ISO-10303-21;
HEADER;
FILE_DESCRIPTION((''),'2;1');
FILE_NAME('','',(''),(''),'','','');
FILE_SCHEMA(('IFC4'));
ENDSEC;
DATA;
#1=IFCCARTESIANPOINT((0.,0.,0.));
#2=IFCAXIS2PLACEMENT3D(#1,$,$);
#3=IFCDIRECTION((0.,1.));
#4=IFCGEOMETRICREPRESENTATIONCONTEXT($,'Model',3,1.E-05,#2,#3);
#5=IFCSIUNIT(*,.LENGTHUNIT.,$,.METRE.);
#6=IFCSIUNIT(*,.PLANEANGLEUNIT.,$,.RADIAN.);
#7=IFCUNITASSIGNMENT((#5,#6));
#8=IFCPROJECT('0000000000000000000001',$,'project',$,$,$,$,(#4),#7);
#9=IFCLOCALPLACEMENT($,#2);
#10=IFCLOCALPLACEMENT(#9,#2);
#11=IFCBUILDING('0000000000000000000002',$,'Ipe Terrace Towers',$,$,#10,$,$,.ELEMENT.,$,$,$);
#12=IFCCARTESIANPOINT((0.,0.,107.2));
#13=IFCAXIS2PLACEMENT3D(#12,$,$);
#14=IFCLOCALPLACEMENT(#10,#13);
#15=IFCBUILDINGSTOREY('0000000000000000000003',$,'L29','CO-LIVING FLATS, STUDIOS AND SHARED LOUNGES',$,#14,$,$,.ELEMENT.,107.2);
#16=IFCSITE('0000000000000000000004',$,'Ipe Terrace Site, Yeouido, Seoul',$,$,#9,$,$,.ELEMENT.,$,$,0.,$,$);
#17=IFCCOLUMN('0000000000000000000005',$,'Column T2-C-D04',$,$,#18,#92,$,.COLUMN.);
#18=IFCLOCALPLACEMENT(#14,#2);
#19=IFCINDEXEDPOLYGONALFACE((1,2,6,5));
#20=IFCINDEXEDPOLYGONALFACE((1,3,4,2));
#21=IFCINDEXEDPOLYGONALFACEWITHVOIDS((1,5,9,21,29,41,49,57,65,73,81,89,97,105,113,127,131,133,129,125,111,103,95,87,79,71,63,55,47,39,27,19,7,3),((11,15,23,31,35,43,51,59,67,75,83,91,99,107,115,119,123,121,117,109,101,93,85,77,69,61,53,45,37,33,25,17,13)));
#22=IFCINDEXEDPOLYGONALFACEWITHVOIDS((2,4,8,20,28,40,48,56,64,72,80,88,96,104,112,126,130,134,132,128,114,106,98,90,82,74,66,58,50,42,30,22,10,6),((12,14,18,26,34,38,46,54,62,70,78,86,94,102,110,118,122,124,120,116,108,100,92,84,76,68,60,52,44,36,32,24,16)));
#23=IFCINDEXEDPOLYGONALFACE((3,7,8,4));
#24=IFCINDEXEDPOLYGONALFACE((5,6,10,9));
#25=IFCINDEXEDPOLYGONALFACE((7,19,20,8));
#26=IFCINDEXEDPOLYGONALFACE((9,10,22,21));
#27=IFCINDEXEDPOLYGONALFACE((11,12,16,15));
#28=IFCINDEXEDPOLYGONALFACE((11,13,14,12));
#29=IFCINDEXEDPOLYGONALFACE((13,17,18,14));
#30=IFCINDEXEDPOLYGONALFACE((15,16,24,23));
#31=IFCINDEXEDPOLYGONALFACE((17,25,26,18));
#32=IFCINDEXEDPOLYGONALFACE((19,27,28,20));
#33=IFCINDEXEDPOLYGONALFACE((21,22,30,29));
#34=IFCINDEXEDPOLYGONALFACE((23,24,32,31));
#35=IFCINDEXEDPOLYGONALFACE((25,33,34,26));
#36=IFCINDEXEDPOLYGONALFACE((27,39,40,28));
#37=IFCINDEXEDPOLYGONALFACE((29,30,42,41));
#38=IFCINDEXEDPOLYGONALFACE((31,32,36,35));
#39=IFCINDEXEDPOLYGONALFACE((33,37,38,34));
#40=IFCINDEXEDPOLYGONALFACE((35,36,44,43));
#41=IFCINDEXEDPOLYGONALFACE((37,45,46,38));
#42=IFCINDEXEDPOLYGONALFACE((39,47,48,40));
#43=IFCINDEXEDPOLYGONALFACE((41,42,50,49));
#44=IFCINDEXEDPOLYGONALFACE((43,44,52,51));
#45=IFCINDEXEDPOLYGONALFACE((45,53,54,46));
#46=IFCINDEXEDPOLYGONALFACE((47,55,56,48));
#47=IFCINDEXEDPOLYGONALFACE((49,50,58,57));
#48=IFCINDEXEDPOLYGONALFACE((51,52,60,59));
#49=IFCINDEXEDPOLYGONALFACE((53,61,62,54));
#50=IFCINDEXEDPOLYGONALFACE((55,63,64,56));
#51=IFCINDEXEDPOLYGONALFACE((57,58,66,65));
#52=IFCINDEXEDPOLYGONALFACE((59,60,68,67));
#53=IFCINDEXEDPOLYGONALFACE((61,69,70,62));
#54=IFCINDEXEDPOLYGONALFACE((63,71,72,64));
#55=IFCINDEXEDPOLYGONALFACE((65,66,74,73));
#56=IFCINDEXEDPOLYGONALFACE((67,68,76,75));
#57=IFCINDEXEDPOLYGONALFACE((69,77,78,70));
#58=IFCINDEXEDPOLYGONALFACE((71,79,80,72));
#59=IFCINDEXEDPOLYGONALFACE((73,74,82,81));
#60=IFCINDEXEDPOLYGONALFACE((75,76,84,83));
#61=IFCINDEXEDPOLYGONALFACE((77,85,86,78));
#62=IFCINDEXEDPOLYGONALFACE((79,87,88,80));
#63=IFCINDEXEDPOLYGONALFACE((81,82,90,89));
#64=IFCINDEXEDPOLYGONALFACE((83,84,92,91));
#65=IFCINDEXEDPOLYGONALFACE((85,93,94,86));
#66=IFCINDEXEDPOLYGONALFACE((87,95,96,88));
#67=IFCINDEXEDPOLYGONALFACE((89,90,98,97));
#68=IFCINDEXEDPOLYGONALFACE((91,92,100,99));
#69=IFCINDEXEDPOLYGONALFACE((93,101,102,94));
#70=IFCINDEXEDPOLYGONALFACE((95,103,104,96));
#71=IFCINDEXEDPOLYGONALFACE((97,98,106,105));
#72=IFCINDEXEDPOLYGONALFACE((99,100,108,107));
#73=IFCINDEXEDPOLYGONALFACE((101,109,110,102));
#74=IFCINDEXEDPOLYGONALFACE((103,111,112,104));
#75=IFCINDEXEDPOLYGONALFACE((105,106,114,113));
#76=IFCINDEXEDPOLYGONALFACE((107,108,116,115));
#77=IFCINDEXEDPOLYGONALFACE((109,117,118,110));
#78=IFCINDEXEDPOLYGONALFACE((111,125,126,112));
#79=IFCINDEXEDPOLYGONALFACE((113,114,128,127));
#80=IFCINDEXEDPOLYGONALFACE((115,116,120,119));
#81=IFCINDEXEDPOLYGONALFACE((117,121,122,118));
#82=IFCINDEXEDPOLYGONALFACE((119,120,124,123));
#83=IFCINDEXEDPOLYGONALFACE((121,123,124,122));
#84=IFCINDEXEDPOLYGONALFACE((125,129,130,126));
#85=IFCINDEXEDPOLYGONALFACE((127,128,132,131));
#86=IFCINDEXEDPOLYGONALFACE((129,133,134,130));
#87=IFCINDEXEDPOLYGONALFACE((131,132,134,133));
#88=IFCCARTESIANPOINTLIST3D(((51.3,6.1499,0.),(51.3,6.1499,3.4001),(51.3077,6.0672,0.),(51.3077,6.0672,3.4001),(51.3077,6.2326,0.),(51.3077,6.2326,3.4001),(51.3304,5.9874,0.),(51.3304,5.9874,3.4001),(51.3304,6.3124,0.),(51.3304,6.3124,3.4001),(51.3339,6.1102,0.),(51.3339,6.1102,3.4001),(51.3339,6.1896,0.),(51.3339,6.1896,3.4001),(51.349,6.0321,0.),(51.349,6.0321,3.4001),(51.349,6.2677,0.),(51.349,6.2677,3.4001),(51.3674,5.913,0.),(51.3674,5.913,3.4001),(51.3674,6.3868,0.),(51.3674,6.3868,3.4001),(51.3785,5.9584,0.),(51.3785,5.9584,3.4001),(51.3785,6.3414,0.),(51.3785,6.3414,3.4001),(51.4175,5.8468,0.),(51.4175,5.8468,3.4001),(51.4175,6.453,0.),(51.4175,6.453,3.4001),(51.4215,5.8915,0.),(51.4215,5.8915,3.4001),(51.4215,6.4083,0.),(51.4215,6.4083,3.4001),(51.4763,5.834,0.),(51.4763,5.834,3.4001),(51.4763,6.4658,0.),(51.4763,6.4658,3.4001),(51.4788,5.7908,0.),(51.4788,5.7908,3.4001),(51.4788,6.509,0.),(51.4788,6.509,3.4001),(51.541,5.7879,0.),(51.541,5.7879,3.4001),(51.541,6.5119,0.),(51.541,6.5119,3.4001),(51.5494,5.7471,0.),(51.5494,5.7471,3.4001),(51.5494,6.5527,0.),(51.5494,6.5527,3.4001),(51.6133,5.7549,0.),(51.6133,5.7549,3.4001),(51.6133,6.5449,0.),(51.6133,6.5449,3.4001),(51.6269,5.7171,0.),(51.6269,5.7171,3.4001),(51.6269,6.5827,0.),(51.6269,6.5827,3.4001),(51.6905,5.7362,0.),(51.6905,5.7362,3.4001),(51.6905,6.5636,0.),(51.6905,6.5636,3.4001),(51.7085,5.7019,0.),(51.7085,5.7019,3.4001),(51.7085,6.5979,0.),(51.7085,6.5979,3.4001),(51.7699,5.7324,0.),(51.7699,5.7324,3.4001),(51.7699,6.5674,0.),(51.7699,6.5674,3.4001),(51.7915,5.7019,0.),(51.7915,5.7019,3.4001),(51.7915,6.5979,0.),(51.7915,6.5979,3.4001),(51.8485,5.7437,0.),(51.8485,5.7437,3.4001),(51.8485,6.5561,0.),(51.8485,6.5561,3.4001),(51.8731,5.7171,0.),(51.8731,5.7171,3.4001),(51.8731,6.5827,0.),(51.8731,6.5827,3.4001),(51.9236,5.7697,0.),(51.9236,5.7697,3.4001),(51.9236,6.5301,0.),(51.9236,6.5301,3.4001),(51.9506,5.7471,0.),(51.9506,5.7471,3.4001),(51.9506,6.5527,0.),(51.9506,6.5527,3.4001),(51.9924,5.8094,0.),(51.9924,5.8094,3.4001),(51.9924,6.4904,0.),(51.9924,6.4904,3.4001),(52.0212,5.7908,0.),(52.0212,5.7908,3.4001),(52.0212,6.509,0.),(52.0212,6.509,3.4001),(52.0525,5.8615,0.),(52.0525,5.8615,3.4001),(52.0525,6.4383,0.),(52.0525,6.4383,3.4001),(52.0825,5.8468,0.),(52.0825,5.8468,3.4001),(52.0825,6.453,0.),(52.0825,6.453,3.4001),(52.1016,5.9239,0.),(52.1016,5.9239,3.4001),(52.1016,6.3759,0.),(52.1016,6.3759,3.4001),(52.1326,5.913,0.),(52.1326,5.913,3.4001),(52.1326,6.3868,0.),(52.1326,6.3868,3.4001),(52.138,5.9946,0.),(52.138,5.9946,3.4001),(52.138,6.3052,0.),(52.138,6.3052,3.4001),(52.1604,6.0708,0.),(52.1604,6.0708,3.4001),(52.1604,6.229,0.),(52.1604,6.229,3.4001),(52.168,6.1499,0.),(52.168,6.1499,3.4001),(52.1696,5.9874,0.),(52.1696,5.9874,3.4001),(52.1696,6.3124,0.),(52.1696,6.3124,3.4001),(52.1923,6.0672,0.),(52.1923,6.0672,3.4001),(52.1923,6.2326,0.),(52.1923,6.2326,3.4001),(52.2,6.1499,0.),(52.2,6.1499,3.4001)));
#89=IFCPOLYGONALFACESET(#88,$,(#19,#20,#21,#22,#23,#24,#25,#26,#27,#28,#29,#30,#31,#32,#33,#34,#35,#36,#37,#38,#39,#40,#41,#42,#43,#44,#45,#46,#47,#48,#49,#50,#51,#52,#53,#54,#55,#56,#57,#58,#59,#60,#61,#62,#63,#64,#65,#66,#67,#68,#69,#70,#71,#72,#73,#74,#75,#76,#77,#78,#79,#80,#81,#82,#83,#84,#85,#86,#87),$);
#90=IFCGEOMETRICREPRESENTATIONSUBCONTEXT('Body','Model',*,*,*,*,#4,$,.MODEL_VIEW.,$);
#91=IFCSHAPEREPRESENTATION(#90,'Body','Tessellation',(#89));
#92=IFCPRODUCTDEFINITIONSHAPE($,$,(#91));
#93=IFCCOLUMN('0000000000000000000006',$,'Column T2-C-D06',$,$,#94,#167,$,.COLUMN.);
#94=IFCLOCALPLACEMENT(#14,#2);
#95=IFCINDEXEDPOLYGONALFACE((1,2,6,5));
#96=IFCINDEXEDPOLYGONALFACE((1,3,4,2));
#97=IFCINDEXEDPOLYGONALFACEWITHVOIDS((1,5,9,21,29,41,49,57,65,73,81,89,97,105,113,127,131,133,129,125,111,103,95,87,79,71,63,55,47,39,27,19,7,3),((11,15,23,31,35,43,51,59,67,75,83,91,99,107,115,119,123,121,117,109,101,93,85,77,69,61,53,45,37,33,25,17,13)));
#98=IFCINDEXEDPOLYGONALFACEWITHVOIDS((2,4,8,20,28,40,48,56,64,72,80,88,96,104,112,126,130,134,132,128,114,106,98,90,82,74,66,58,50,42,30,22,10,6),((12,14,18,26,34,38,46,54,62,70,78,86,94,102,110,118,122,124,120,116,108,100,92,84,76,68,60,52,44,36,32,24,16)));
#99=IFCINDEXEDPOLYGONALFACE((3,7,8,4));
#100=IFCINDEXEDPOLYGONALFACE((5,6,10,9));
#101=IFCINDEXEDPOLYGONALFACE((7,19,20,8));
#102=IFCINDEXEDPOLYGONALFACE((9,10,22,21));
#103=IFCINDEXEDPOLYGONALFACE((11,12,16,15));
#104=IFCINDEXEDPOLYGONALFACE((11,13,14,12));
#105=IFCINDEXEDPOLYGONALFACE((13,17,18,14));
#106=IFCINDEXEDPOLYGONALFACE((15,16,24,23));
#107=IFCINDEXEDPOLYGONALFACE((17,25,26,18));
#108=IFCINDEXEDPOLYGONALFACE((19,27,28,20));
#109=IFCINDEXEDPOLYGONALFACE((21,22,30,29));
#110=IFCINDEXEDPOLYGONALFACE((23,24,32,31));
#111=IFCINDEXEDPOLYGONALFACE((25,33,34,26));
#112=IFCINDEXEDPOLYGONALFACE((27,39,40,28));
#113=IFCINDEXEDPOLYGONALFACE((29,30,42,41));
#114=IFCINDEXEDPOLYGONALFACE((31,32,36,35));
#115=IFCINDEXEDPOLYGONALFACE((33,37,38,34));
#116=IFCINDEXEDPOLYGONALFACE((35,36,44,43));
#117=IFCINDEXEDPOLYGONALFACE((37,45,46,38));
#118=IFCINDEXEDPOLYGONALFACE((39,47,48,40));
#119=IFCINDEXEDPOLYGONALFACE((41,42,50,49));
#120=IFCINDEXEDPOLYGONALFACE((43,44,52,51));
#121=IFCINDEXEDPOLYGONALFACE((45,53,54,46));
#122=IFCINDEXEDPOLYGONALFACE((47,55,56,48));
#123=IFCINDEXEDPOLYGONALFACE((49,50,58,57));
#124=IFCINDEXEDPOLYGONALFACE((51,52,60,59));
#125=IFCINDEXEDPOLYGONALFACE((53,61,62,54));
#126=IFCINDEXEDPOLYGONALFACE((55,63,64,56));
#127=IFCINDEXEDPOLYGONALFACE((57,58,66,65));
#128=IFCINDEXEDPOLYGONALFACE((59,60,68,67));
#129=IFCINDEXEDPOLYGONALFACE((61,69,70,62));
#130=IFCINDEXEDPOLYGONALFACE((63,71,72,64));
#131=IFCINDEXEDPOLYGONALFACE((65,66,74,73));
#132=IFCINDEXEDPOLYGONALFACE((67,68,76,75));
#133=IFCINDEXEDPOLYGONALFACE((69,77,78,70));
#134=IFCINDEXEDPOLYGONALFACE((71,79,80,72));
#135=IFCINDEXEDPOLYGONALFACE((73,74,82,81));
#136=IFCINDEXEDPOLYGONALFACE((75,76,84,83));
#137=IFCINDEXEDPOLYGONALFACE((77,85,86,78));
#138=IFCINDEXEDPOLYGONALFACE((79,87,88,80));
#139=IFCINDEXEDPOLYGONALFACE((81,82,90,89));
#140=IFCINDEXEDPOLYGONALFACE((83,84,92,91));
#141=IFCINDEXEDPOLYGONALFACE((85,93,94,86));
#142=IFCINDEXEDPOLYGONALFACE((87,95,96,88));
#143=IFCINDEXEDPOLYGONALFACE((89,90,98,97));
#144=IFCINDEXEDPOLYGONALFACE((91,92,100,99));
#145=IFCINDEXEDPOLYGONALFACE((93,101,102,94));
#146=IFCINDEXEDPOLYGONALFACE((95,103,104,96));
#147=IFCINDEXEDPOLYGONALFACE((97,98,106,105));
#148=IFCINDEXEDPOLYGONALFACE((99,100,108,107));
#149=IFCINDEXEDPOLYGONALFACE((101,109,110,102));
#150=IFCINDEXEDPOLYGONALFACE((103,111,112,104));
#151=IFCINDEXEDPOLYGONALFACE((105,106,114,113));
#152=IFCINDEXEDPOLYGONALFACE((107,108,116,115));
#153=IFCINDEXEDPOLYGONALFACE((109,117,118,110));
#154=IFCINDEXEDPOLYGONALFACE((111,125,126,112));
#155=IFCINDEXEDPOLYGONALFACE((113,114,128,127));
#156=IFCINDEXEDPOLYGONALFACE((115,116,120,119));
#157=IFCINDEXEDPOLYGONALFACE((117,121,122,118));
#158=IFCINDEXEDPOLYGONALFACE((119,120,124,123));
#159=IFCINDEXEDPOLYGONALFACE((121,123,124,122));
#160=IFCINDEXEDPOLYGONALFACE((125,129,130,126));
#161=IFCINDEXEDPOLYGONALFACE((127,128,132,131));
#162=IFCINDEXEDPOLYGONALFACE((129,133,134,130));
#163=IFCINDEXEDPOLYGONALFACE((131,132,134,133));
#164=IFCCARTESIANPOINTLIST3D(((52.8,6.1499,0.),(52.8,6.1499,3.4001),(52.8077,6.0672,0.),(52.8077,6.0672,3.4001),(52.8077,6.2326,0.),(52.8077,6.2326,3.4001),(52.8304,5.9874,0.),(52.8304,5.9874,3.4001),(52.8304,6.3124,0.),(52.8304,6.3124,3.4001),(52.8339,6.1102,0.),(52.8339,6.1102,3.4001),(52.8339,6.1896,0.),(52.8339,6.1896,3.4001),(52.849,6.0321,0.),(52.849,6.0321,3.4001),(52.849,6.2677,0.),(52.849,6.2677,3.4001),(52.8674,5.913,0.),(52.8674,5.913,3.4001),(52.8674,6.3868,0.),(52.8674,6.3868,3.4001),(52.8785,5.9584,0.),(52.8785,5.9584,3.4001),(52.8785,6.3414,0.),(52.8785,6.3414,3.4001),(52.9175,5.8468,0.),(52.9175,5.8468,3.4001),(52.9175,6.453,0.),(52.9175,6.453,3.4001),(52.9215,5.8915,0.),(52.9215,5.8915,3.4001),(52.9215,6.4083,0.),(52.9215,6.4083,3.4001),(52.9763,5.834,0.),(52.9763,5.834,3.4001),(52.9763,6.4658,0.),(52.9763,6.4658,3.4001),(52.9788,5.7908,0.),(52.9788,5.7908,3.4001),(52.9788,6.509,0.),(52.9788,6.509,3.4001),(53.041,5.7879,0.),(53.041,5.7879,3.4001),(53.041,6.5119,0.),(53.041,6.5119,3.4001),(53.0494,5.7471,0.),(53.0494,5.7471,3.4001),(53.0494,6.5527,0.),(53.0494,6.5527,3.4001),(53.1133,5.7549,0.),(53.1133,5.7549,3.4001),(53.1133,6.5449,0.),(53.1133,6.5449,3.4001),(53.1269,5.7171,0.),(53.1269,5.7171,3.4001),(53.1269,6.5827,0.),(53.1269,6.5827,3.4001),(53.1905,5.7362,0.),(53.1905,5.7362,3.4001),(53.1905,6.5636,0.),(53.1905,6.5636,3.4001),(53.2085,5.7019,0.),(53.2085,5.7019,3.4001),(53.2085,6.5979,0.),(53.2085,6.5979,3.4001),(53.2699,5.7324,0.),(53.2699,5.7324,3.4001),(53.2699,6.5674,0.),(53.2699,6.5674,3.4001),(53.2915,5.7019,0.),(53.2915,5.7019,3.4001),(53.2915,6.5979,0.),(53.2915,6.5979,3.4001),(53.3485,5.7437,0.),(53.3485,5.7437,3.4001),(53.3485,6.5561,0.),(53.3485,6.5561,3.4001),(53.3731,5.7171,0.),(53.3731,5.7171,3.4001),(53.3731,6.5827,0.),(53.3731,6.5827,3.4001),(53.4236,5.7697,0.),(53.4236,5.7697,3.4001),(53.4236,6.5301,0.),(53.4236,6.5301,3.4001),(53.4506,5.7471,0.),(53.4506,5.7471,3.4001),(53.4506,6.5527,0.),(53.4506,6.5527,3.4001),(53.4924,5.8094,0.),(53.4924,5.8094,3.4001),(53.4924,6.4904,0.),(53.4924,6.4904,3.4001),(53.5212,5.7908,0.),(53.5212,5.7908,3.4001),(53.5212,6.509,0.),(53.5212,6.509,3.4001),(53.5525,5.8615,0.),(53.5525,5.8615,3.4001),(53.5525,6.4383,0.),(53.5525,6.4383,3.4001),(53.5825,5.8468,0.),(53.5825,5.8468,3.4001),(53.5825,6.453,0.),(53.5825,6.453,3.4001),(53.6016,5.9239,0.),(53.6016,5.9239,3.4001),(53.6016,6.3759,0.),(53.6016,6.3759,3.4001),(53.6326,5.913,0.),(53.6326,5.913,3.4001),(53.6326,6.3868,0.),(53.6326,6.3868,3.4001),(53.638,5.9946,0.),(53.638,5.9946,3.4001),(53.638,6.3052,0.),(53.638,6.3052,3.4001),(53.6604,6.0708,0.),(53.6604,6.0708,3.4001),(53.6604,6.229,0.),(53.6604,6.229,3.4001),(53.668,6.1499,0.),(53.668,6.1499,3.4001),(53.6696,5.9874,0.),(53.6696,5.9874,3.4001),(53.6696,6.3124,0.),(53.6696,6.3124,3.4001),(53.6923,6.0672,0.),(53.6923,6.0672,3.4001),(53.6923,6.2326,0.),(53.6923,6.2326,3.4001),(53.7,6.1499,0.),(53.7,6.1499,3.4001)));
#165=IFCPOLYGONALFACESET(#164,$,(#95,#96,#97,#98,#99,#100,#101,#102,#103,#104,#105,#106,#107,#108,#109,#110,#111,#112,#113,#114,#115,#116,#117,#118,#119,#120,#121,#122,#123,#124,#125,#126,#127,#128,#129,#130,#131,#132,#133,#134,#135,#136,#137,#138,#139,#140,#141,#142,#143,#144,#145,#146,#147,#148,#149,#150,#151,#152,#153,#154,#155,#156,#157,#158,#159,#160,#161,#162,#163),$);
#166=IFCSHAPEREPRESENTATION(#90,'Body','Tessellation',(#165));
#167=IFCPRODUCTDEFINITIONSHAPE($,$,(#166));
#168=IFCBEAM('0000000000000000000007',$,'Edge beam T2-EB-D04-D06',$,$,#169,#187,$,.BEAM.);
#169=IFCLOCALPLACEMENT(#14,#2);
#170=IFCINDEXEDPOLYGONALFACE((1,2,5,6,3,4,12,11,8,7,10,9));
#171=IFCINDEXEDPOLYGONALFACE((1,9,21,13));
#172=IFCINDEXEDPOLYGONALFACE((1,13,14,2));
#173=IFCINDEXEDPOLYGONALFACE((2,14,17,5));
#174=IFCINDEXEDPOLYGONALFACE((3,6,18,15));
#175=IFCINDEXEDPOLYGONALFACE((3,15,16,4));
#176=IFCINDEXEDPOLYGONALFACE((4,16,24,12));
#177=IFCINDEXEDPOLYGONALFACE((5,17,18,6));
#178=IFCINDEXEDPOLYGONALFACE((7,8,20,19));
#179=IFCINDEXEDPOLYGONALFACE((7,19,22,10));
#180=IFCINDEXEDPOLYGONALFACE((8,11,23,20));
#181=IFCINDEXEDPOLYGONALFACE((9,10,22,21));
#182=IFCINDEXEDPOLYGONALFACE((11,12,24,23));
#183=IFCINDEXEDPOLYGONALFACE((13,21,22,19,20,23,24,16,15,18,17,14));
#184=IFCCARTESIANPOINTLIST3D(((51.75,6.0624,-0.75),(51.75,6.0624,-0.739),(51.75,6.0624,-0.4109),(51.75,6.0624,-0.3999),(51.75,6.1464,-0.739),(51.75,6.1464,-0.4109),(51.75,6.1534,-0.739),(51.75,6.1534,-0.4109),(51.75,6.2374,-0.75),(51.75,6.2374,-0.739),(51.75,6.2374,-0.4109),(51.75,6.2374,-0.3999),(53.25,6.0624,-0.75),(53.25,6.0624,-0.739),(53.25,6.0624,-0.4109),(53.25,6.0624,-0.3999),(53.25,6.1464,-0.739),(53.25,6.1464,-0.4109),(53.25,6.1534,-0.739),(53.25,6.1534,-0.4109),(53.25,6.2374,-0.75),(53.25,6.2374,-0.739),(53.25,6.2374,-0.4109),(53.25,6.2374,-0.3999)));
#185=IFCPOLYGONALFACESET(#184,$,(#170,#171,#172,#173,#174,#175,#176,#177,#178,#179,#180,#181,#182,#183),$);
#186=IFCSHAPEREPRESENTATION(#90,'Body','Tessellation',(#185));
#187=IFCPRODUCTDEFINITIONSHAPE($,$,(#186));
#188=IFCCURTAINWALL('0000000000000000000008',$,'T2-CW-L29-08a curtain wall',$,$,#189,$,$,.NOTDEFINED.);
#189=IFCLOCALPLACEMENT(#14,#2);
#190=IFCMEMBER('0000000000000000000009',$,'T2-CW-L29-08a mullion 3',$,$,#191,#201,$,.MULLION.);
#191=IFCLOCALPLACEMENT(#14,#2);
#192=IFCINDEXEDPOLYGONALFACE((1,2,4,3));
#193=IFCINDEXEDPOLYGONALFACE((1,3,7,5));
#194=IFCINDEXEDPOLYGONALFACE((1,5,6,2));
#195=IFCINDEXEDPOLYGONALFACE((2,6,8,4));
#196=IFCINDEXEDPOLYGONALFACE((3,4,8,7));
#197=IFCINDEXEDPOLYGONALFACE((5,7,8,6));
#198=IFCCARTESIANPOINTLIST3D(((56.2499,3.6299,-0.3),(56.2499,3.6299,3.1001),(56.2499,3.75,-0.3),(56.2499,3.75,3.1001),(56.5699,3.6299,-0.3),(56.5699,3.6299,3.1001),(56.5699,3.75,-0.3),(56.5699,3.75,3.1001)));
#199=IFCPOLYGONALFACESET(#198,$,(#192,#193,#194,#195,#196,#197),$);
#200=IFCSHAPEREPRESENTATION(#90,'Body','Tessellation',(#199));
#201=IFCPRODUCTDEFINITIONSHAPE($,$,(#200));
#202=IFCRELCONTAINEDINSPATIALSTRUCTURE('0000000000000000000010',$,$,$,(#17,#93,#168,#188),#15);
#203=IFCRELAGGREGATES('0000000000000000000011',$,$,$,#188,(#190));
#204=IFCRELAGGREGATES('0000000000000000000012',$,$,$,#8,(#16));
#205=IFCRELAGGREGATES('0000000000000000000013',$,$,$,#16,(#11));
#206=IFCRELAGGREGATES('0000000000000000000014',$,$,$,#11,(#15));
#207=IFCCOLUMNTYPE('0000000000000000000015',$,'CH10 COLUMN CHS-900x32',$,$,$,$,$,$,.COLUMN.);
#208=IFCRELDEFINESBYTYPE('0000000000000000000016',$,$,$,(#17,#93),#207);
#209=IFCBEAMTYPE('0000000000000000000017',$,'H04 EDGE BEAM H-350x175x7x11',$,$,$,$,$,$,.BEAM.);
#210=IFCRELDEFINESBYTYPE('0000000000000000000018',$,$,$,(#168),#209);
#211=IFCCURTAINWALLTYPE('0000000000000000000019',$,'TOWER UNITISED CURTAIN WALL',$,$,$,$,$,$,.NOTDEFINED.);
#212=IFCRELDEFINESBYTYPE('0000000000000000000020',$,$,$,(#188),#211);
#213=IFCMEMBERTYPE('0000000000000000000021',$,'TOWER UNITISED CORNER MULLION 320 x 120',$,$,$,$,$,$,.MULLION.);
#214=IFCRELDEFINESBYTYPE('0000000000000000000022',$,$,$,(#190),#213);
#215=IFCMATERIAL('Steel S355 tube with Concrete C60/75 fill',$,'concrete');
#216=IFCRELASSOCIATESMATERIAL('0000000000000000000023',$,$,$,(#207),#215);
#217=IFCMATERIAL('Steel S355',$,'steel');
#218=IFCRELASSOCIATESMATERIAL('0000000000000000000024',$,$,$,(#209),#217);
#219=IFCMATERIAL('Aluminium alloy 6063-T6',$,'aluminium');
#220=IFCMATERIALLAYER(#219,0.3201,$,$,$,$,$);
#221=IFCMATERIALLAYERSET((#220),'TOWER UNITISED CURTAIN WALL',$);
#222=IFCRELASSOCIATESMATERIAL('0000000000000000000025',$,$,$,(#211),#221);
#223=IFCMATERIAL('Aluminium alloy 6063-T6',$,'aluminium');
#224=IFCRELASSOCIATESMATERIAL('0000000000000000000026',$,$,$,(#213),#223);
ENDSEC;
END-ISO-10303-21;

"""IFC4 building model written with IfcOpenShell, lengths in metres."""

from ifc_helpers import new_model, si_unit, direction, frame, origin, origin_2d, place, context, subcontext, project, spatial, rectangle, hollow_circle, i_section, extrude, material, layer, layer_set, material_profile, profile_set, type_object, element, aggregate, save


model = new_model("IFC4")

# Units and contexts
model_context = context("Model", 3, precision=1e-05, world=origin(), true_north=direction((0.0, 1.0)))
body_context = subcontext(model_context, "Body", "Model", "MODEL_VIEW")
ifc_project = project(units=[si_unit("LENGTHUNIT", "METRE"), si_unit("PLANEANGLEUNIT", "RADIAN")], contexts=[model_context])

# Site, building, storey
site_placement = place(None, origin())
site = spatial("IfcSite", under=ifc_project, at=site_placement, Name="Ipe Terrace Site, Yeouido, Seoul", CompositionType="ELEMENT", RefElevation=0.0)
building_placement = place(site_placement, origin())
building = spatial("IfcBuilding", under=site, at=building_placement, Name="Ipe Terrace Towers", CompositionType="ELEMENT")
storey_placement = place(building_placement, frame((0.0, 0.0, 107.2)))
storey = spatial("IfcBuildingStorey", under=building, at=storey_placement, Name="L29", Description="CO-LIVING FLATS, STUDIOS AND SHARED LOUNGES", CompositionType="ELEMENT", Elevation=107.2)

# Columns
ifc_material_1 = material(Name="Steel S355 tube with Concrete C60/75 fill", Category="concrete")
ifc_material_profile_1 = material_profile(ifc_material_1, hollow_circle(Radius=0.45, WallThickness=0.032, at=origin_2d()), Name="CHS-900x32")
ifc_profile_set_1 = profile_set([ifc_material_profile_1], Name="Steel S355 tube with Concrete C60/75 fill")
column_type = type_object("IfcColumnType", Name="CH10 COLUMN CHS-900x32", PredefinedType="COLUMN", material=ifc_profile_set_1)
for number, where, z_axis, x_axis, name in (
    (1, (51.75, 6.1499, 0.0), (0.0, 0.0, 1.0), (1.0, 0.0, 0.0), "Column T2-C-D04"),
    (2, (53.25, 6.1499, 0.0), (0.0, 0.0, 1.0), (1.0, 0.0, 0.0), "Column T2-C-D06"),
):
    element("IfcColumn", number, at=place(storey_placement, frame(where, z_axis=z_axis, x_axis=x_axis)), inside=storey, type_object=column_type, Name=name, PredefinedType="COLUMN", context=body_context, shape_type="SweptSolid", body=[
        extrude(hollow_circle(Radius=0.45, WallThickness=0.032, at=origin_2d()), origin(), (0.0, 0.0, 1.0), 3.4001),
    ])

# Beam
ifc_material_2 = material(Name="Steel S355", Category="steel")
ifc_material_profile_2 = material_profile(ifc_material_2, i_section(OverallWidth=0.175, OverallDepth=0.3501, WebThickness=0.0071, FlangeThickness=0.011, at=origin_2d()), Name="H-350x175x7x11")
ifc_profile_set_2 = profile_set([ifc_material_profile_2], Name="Steel S355")
beam_type = type_object("IfcBeamType", Name="H04 EDGE BEAM H-350x175x7x11", PredefinedType="BEAM", material=ifc_profile_set_2)
beam_placement = place(storey_placement, frame((51.75, 6.1499, -0.575), z_axis=(1.0, 0.0, 0.0), x_axis=(0.0, 1.0, 0.0)))
element("IfcBeam", 3, at=beam_placement, inside=storey, type_object=beam_type, Name="Edge beam T2-EB-D04-D06", PredefinedType="BEAM", context=body_context, shape_type="SweptSolid", body=[
    extrude(i_section(OverallWidth=0.175, OverallDepth=0.3501, WebThickness=0.0071, FlangeThickness=0.011, at=origin_2d()), origin(), (0.0, 0.0, 1.0), 1.5),
])

# Curtain wall, member
ifc_material_3 = material(Name="Aluminium alloy 6063-T6", Category="aluminium")
ifc_layer_1 = layer(ifc_material_3, 0.3201)
ifc_layer_set_1 = layer_set([ifc_layer_1], Name="TOWER UNITISED CURTAIN WALL")
curtain_wall_type = type_object("IfcCurtainWallType", Name="TOWER UNITISED CURTAIN WALL", PredefinedType="NOTDEFINED", material=ifc_layer_set_1)
curtain_wall_1_placement = place(storey_placement, origin())
curtain_wall_1 = element("IfcCurtainWall", 4, at=curtain_wall_1_placement, inside=storey, type_object=curtain_wall_type, Name="T2-CW-L29-08a curtain wall", PredefinedType="NOTDEFINED")
ifc_material_4 = material(Name="Aluminium alloy 6063-T6", Category="aluminium")
ifc_material_profile_3 = material_profile(ifc_material_4, rectangle(XDim=0.3201, YDim=0.1201, at=origin_2d()), Name="TOWER UNITISED CORNER MULLION 320 x 120")
ifc_profile_set_3 = profile_set([ifc_material_profile_3], Name="Aluminium alloy 6063-T6")
member_type = type_object("IfcMemberType", Name="TOWER UNITISED CORNER MULLION 320 x 120", PredefinedType="MULLION", material=ifc_profile_set_3)
member_1_placement = place(storey_placement, frame((56.4099, 3.6899, -0.3), z_axis=(0.0, 0.0, 1.0), x_axis=(1.0, 0.0, 0.0)))
member_1 = element("IfcMember", 5, at=member_1_placement, type_object=member_type, Name="T2-CW-L29-08a mullion 3", PredefinedType="MULLION", context=body_context, shape_type="SweptSolid", body=[
    extrude(rectangle(XDim=0.3201, YDim=0.1201, at=origin_2d()), origin(), (0.0, 0.0, 1.0), 3.4001),
])
aggregate(curtain_wall_1, [member_1])

save(model, "model.ifc")
